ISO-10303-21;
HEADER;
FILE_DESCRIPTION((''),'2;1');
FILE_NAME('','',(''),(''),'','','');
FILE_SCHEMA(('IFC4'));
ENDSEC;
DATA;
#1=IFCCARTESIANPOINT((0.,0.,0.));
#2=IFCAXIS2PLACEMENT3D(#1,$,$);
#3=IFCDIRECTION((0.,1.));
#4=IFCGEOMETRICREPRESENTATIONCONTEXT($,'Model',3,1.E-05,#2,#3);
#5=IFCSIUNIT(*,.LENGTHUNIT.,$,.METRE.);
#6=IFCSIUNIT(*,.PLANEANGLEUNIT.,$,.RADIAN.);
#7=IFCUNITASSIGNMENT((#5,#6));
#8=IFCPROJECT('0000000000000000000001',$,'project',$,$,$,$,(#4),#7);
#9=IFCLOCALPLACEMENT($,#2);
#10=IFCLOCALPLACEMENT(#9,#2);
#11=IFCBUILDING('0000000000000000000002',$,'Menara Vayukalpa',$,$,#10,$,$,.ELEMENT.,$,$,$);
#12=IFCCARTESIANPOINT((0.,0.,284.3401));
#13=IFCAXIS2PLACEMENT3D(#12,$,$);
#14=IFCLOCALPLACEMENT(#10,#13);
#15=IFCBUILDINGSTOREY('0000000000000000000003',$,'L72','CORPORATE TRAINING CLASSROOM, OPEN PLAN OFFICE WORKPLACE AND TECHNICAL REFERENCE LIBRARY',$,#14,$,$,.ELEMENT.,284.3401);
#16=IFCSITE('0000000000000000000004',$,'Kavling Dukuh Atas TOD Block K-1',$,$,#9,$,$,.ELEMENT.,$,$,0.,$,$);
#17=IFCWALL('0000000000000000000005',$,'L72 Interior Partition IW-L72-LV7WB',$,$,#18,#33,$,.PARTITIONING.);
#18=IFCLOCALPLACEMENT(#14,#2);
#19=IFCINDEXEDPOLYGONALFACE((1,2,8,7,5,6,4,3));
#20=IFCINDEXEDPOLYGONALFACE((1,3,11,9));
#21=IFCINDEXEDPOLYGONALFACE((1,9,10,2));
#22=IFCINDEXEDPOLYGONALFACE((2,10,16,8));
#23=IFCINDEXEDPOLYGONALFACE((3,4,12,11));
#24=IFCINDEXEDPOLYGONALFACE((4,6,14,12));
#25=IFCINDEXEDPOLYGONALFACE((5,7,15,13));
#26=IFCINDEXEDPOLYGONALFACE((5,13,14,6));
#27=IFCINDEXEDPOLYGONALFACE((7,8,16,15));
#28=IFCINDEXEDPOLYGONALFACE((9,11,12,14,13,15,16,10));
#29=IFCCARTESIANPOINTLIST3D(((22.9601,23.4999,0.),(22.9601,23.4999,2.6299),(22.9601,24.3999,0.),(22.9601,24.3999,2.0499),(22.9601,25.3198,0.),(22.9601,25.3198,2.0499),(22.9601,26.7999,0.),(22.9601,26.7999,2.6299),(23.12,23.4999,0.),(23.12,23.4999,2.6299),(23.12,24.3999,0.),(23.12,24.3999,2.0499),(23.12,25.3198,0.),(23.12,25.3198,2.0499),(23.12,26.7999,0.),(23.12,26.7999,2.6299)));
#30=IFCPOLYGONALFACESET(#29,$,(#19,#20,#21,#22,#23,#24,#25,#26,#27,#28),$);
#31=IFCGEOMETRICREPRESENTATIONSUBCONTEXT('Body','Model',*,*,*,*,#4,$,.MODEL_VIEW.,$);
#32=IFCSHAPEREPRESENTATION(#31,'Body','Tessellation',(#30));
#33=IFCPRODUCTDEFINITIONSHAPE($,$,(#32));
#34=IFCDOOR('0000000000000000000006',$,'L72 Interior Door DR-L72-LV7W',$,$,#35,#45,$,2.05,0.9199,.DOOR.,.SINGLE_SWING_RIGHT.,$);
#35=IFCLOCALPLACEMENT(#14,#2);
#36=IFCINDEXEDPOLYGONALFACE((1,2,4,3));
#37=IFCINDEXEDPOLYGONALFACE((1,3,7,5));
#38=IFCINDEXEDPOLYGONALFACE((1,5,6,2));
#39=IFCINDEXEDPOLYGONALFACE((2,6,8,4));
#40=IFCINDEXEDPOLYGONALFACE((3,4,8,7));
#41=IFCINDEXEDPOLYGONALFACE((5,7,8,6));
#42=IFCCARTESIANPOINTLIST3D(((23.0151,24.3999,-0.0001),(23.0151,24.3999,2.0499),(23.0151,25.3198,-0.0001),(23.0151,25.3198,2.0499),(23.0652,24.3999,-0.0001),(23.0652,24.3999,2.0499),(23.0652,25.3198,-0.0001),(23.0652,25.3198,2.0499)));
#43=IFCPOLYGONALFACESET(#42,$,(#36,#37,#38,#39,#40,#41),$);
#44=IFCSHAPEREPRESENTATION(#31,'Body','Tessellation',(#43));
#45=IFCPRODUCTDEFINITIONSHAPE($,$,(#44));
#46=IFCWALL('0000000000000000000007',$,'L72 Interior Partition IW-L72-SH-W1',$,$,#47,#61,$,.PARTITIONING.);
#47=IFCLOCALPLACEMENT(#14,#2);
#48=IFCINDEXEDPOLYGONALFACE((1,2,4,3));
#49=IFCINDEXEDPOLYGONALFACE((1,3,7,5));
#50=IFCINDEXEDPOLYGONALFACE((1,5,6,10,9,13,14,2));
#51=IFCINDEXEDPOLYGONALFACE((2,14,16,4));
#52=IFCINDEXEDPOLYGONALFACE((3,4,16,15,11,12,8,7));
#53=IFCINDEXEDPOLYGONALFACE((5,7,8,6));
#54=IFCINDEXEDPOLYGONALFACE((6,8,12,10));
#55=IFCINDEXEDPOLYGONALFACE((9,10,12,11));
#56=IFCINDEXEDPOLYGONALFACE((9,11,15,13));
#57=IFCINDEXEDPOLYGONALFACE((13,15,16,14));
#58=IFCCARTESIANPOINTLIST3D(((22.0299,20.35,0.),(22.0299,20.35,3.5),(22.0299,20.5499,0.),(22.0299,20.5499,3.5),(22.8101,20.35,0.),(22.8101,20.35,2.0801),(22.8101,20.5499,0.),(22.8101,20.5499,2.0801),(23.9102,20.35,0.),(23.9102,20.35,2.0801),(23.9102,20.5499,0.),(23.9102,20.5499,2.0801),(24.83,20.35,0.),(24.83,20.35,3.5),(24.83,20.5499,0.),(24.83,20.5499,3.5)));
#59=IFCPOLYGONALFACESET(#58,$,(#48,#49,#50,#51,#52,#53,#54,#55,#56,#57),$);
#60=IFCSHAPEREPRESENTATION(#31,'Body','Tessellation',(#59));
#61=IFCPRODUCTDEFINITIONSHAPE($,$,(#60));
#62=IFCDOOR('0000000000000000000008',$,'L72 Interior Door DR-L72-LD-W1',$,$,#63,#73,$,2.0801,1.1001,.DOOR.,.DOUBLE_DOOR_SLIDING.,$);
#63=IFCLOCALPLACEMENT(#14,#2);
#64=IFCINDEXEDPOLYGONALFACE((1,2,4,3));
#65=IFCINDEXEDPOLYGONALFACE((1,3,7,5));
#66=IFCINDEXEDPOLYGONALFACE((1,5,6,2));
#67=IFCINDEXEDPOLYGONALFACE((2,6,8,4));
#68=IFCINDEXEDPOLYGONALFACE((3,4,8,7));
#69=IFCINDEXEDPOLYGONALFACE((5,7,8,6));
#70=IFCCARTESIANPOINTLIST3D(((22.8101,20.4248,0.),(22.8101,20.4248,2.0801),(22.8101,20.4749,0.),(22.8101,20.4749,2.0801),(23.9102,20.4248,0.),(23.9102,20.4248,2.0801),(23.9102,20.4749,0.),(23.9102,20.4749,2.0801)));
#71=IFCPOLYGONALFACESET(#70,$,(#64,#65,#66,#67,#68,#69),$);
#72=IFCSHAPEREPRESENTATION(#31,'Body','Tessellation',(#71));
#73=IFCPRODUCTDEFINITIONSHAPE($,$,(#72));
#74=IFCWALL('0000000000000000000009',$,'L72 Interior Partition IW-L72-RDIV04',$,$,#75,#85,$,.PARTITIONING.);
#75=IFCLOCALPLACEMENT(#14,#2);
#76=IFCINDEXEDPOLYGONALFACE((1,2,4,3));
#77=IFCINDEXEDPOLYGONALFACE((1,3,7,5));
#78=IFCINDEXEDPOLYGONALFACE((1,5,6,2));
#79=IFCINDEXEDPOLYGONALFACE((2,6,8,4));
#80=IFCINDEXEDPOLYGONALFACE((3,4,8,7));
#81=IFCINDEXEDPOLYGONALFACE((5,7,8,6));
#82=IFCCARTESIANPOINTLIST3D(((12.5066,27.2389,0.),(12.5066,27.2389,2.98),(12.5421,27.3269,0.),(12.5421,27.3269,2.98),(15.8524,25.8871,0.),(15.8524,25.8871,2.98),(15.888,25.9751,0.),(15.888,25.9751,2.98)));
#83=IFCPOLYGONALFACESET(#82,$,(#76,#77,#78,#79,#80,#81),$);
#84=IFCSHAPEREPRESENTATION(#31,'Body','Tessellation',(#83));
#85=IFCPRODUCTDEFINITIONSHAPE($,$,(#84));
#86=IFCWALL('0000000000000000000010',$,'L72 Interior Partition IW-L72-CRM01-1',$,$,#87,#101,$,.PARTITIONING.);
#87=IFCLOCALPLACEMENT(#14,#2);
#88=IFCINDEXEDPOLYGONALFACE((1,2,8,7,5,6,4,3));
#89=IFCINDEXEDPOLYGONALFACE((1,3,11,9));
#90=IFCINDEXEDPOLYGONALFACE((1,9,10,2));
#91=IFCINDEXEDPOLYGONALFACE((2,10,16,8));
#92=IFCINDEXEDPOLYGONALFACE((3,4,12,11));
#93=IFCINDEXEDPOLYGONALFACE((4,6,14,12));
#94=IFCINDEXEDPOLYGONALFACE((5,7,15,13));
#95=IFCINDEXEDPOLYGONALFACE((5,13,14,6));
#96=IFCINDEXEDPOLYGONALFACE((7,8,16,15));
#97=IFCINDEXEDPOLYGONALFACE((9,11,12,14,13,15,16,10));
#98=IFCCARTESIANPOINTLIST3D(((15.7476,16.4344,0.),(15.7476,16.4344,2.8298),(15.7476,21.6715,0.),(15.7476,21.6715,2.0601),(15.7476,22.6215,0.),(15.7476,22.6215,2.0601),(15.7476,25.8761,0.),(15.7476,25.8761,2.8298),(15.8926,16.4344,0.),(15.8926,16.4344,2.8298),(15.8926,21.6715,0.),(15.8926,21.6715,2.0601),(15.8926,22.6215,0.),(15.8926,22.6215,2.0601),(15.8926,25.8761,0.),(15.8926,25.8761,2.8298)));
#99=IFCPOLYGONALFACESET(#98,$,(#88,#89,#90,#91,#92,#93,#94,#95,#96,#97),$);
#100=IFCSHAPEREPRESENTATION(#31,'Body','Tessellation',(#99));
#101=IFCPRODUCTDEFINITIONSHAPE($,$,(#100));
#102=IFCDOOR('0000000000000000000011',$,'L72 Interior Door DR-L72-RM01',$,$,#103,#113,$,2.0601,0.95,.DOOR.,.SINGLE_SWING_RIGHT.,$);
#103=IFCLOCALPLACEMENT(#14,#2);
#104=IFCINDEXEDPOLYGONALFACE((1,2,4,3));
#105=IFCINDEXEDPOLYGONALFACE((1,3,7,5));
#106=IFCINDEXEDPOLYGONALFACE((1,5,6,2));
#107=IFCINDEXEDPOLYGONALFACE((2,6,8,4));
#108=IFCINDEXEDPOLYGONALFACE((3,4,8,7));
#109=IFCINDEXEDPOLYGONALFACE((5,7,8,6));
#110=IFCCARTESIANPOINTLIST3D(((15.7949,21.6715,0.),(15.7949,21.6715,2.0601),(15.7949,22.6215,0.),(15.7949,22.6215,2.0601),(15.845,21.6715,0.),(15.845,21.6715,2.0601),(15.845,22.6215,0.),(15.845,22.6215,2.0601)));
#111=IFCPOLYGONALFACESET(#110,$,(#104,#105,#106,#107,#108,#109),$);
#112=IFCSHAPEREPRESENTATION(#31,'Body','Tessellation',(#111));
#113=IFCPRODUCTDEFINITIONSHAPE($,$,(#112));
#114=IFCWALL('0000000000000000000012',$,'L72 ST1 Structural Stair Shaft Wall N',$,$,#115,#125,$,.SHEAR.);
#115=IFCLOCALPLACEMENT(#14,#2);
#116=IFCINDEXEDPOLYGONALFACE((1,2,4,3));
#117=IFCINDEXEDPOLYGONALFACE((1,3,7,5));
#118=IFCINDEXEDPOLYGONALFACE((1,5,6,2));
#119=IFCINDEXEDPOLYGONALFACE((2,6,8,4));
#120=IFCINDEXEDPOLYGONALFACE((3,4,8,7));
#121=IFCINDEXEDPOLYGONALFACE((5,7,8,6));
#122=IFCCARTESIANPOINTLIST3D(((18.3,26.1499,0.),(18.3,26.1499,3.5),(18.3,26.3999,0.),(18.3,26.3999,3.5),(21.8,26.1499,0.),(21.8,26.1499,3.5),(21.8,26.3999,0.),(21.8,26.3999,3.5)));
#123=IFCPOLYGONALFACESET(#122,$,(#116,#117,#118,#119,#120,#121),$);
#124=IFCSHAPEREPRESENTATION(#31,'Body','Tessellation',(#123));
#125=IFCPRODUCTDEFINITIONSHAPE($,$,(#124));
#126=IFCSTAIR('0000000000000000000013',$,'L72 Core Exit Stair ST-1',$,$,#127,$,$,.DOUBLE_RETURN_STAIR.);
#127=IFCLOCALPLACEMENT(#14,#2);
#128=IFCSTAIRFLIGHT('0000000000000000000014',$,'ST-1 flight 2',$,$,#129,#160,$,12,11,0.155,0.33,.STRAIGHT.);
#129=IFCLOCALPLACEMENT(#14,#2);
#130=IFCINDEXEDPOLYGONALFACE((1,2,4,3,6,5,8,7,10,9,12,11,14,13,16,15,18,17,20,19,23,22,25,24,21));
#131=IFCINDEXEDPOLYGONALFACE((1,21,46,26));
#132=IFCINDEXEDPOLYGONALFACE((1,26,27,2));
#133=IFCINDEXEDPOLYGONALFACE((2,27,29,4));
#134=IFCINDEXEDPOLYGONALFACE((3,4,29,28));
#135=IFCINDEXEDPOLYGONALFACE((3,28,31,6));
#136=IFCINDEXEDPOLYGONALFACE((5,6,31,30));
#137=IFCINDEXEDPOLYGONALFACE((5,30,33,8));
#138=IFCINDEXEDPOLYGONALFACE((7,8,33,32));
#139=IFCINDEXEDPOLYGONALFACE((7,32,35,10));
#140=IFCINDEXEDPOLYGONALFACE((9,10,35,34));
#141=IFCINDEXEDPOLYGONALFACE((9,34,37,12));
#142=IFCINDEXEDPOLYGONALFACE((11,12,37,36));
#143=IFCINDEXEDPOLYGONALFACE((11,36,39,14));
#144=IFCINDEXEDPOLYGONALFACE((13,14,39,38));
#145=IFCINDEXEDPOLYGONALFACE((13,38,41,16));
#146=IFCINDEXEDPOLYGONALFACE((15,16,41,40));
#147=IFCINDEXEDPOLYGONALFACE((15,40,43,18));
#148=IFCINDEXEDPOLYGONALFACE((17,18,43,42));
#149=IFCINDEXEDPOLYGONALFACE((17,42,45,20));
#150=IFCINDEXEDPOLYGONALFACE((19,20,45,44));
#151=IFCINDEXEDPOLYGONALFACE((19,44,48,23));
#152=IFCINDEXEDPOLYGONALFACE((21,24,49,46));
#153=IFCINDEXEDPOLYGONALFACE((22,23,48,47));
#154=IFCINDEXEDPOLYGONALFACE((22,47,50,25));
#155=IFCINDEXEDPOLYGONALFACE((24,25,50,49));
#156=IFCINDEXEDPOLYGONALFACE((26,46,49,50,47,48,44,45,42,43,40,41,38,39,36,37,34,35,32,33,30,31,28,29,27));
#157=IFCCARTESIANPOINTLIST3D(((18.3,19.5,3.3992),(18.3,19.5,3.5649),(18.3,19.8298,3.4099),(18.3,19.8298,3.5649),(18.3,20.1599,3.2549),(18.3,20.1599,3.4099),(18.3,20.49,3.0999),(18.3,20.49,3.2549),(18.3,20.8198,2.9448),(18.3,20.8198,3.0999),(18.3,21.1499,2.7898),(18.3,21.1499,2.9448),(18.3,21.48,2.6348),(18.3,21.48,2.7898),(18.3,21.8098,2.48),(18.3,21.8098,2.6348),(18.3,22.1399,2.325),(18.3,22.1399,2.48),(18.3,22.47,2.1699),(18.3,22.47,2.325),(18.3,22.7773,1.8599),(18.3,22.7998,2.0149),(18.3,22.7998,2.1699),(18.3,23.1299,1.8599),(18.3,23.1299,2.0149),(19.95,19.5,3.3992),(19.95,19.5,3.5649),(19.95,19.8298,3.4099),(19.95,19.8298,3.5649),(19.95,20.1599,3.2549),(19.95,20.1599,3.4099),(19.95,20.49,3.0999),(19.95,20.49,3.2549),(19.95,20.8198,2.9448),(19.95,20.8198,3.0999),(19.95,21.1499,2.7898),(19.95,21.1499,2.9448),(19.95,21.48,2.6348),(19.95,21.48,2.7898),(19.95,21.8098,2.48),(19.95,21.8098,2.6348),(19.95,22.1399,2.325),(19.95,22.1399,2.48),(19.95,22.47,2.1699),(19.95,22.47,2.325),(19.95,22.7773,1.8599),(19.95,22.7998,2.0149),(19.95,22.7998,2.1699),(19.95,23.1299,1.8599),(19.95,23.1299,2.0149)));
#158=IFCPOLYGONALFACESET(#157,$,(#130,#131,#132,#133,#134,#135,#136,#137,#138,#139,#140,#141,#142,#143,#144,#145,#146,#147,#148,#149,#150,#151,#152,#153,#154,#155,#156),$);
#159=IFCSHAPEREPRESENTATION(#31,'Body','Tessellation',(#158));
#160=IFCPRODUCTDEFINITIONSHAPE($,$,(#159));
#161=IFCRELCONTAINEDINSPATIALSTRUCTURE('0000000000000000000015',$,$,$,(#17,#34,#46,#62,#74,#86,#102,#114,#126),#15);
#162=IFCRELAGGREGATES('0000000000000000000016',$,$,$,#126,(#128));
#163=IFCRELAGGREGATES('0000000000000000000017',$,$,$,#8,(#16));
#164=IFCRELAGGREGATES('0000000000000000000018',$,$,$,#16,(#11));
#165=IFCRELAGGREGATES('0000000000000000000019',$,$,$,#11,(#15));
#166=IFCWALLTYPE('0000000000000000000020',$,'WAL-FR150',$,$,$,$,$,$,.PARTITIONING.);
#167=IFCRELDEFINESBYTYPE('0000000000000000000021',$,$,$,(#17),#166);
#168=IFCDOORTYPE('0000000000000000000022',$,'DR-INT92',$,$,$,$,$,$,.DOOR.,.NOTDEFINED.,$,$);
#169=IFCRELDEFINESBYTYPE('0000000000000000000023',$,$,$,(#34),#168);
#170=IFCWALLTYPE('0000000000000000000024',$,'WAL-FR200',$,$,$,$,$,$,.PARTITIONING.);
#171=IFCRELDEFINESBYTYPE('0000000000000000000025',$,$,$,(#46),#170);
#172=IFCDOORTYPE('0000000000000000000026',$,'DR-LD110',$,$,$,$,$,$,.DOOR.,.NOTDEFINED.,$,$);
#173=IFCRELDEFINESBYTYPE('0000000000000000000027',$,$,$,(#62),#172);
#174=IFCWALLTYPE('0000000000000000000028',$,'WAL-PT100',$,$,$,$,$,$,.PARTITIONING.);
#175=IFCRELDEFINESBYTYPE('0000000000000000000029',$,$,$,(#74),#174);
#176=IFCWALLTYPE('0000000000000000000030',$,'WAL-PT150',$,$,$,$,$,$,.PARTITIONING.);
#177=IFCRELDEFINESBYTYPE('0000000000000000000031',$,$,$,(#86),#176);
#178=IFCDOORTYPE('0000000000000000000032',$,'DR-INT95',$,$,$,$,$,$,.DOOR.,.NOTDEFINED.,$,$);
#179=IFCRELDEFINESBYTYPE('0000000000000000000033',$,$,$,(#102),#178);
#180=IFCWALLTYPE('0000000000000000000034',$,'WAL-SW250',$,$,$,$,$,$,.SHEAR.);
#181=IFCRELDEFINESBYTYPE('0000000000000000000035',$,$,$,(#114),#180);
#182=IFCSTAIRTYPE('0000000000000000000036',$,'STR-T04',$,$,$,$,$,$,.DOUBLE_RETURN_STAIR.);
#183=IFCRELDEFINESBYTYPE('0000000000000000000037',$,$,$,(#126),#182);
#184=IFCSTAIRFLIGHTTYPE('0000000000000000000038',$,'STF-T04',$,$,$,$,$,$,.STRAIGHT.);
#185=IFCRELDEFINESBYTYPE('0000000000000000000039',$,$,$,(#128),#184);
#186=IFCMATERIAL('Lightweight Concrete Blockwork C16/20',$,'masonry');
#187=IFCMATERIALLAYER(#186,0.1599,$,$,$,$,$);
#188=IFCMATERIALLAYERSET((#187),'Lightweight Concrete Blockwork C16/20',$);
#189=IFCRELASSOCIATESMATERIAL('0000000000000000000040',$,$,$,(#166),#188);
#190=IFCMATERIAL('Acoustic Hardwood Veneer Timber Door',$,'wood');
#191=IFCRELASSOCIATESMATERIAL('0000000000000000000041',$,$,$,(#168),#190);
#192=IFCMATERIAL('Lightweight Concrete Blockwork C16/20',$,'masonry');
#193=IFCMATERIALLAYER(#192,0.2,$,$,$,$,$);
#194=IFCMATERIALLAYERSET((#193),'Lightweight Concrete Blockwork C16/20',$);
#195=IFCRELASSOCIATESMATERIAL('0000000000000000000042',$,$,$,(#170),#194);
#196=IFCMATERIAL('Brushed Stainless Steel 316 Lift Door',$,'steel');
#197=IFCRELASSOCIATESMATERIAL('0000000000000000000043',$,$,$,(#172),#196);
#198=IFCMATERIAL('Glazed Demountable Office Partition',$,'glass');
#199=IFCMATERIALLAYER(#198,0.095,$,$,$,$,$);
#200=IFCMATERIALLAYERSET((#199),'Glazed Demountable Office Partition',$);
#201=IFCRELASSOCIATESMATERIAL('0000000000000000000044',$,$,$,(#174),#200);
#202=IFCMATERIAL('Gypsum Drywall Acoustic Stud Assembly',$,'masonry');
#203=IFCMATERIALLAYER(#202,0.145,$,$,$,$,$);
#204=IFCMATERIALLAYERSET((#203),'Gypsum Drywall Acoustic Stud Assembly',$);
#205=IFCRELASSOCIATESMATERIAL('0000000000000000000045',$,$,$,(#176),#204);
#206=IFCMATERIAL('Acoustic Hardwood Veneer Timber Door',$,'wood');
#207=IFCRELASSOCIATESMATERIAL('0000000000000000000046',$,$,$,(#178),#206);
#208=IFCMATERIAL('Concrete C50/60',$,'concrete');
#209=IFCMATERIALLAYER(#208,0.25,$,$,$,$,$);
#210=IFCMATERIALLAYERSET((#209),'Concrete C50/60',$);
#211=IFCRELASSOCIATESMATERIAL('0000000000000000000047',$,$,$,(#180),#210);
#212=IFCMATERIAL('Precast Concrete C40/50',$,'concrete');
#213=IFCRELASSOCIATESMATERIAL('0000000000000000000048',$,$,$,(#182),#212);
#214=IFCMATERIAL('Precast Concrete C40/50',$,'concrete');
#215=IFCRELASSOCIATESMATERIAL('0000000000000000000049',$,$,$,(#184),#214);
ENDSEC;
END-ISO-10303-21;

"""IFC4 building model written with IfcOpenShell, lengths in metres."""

from ifc_helpers import new_model, si_unit, direction, frame, frame_2d, origin, place, context, subcontext, project, spatial, polyline, rectangle, outline, extrude, material, layer, layer_set, type_object, element, fill, aggregate, save


model = new_model("IFC4")

# Units and contexts
model_context = context("Model", 3, precision=1e-05, world=origin(), true_north=direction((0.0, 1.0)))
body_context = subcontext(model_context, "Body", "Model", "MODEL_VIEW")
ifc_project = project(units=[si_unit("LENGTHUNIT", "METRE"), si_unit("PLANEANGLEUNIT", "RADIAN")], contexts=[model_context])

# Site, building, storey
site_placement = place(None, origin())
site = spatial("IfcSite", under=ifc_project, at=site_placement, Name="Kavling Dukuh Atas TOD Block K-1", CompositionType="ELEMENT", RefElevation=0.0)
building_placement = place(site_placement, origin())
building = spatial("IfcBuilding", under=site, at=building_placement, Name="Menara Vayukalpa", CompositionType="ELEMENT")
storey_placement = place(building_placement, frame((0.0, 0.0, 284.3401)))
storey = spatial("IfcBuildingStorey", under=building, at=storey_placement, Name="L72", Description="CORPORATE TRAINING CLASSROOM, OPEN PLAN OFFICE WORKPLACE AND TECHNICAL REFERENCE LIBRARY", CompositionType="ELEMENT", Elevation=284.3401)

# Shared definitions
ifc_material_1 = material(Name="Lightweight Concrete Blockwork C16/20", Category="masonry")
ifc_layer_1 = layer(ifc_material_1, 0.1599)
ifc_layer_set_1 = layer_set([ifc_layer_1], Name="Lightweight Concrete Blockwork C16/20")
wall_type_1 = type_object("IfcWallType", Name="WAL-FR150", PredefinedType="PARTITIONING", material=ifc_layer_set_1)

# Walls, openings, doors
wall_1_placement = place(storey_placement, frame((23.04, 23.5, 0.0), z_axis=(0.0, 0.0, 1.0), x_axis=(0.0, 1.0, 0.0)))
wall_1 = element("IfcWall", 1, at=wall_1_placement, inside=storey, type_object=wall_type_1, Name="L72 Interior Partition IW-L72-LV7WB", PredefinedType="PARTITIONING", context=body_context, shape_type="SweptSolid", body=[
    extrude(rectangle(XDim=3.3, YDim=0.1599, at=frame_2d((1.6499, 0.0))), origin(), (0.0, 0.0, 1.0), 2.6299),
])
opening_1_placement = place(wall_1_placement, frame((0.8999, 0.0, 0.0)))
opening_1 = element("IfcOpeningElement", 2, at=opening_1_placement, cuts=wall_1, PredefinedType="OPENING", context=body_context, shape_type="SweptSolid", body=[
    extrude(rectangle(XDim=0.9199, YDim=2.05, at=frame_2d((0.46, 1.0249))), frame((0.0, 0.0898, 0.0), z_axis=(0.0, -1.0, 0.0), x_axis=(1.0, 0.0, 0.0)), (0.0, 0.0, 1.0), 0.1799),
])
ifc_material_2 = material(Name="Acoustic Hardwood Veneer Timber Door", Category="wood")
door_type_1 = type_object("IfcDoorType", Name="DR-INT92", OperationType="NOTDEFINED", PredefinedType="DOOR", material=ifc_material_2)
door_1_placement = place(opening_1_placement, origin())
door_1 = element("IfcDoor", 3, at=door_1_placement, inside=storey, type_object=door_type_1, Name="L72 Interior Door DR-L72-LV7W", OperationType="SINGLE_SWING_RIGHT", OverallHeight=2.05, OverallWidth=0.9199, PredefinedType="DOOR", context=body_context, shape_type="SweptSolid", body=[
    extrude(rectangle(XDim=0.9199, YDim=2.05, at=frame_2d((0.46, 1.0249))), frame((0.0, 0.0249, 0.0), z_axis=(0.0, -1.0, 0.0), x_axis=(1.0, 0.0, 0.0)), (0.0, 0.0, 1.0), 0.05),
])
fill(opening_1, door_1)
ifc_material_3 = material(Name="Lightweight Concrete Blockwork C16/20", Category="masonry")
ifc_layer_2 = layer(ifc_material_3, 0.2)
ifc_layer_set_2 = layer_set([ifc_layer_2], Name="Lightweight Concrete Blockwork C16/20")
wall_type_2 = type_object("IfcWallType", Name="WAL-FR200", PredefinedType="PARTITIONING", material=ifc_layer_set_2)
wall_2_placement = place(storey_placement, frame((22.03, 20.45, 0.0), z_axis=(0.0, 0.0, 1.0), x_axis=(1.0, 0.0, 0.0)))
wall_2 = element("IfcWall", 4, at=wall_2_placement, inside=storey, type_object=wall_type_2, Name="L72 Interior Partition IW-L72-SH-W1", PredefinedType="PARTITIONING", context=body_context, shape_type="SweptSolid", body=[
    extrude(rectangle(XDim=2.8, YDim=0.2, at=frame_2d((1.3999, 0.0))), origin(), (0.0, 0.0, 1.0), 3.5),
])
opening_2_placement = place(wall_2_placement, frame((0.78, 0.0, 0.0)))
opening_2 = element("IfcOpeningElement", 5, at=opening_2_placement, cuts=wall_2, PredefinedType="OPENING", context=body_context, shape_type="SweptSolid", body=[
    extrude(rectangle(XDim=1.1001, YDim=2.0801, at=frame_2d((0.55, 1.04))), frame((0.0, 0.1099, 0.0), z_axis=(0.0, -1.0, 0.0), x_axis=(1.0, 0.0, 0.0)), (0.0, 0.0, 1.0), 0.22),
])
ifc_material_4 = material(Name="Brushed Stainless Steel 316 Lift Door", Category="steel")
door_type_2 = type_object("IfcDoorType", Name="DR-LD110", OperationType="NOTDEFINED", PredefinedType="DOOR", material=ifc_material_4)
door_2_placement = place(opening_2_placement, origin())
door_2 = element("IfcDoor", 6, at=door_2_placement, inside=storey, type_object=door_type_2, Name="L72 Interior Door DR-L72-LD-W1", OperationType="DOUBLE_DOOR_SLIDING", OverallHeight=2.0801, OverallWidth=1.1001, PredefinedType="DOOR", context=body_context, shape_type="SweptSolid", body=[
    extrude(rectangle(XDim=1.1001, YDim=2.0801, at=frame_2d((0.55, 1.04))), frame((0.0, 0.0249, 0.0), z_axis=(0.0, -1.0, 0.0), x_axis=(1.0, 0.0, 0.0)), (0.0, 0.0, 1.0), 0.05),
])
fill(opening_2, door_2)

# Wall
ifc_material_5 = material(Name="Glazed Demountable Office Partition", Category="glass")
ifc_layer_3 = layer(ifc_material_5, 0.095)
ifc_layer_set_3 = layer_set([ifc_layer_3], Name="Glazed Demountable Office Partition")
wall_type_3 = type_object("IfcWallType", Name="WAL-PT100", PredefinedType="PARTITIONING", material=ifc_layer_set_3)
wall_3_placement = place(storey_placement, frame((15.8701, 25.9312, 0.0), z_axis=(0.0, 0.0, 1.0), x_axis=(-0.927188, 0.374596, 0.0)))
element("IfcWall", 7, at=wall_3_placement, inside=storey, type_object=wall_type_3, Name="L72 Interior Partition IW-L72-RDIV04", PredefinedType="PARTITIONING", context=body_context, shape_type="SweptSolid", body=[
    extrude(rectangle(XDim=3.6086, YDim=0.095, at=frame_2d((1.8042, 0.0))), origin(), (0.0, 0.0, 1.0), 2.98),
])

# Wall, opening, door
ifc_material_6 = material(Name="Gypsum Drywall Acoustic Stud Assembly", Category="masonry")
ifc_layer_4 = layer(ifc_material_6, 0.145)
ifc_layer_set_4 = layer_set([ifc_layer_4], Name="Gypsum Drywall Acoustic Stud Assembly")
wall_type_4 = type_object("IfcWallType", Name="WAL-PT150", PredefinedType="PARTITIONING", material=ifc_layer_set_4)
wall_4_placement = place(storey_placement, frame((15.8201, 25.876, 0.0), z_axis=(0.0, 0.0, 1.0), x_axis=(0.0, -1.0, 0.0)))
wall_4 = element("IfcWall", 8, at=wall_4_placement, inside=storey, type_object=wall_type_4, Name="L72 Interior Partition IW-L72-CRM01-1", PredefinedType="PARTITIONING", context=body_context, shape_type="SweptSolid", body=[
    extrude(rectangle(XDim=9.4417, YDim=0.145, at=frame_2d((4.7207, 0.0))), origin(), (0.0, 0.0, 1.0), 2.8298),
])
opening_3_placement = place(wall_4_placement, frame((3.2544, 0.0, 0.0)))
opening_3 = element("IfcOpeningElement", 9, at=opening_3_placement, cuts=wall_4, PredefinedType="OPENING", context=body_context, shape_type="SweptSolid", body=[
    extrude(rectangle(XDim=0.95, YDim=2.0601, at=frame_2d((0.4751, 1.03))), frame((0.0, 0.0825, 0.0), z_axis=(0.0, -1.0, 0.0), x_axis=(1.0, 0.0, 0.0)), (0.0, 0.0, 1.0), 0.165),
])
ifc_material_7 = material(Name="Acoustic Hardwood Veneer Timber Door", Category="wood")
door_type_3 = type_object("IfcDoorType", Name="DR-INT95", OperationType="NOTDEFINED", PredefinedType="DOOR", material=ifc_material_7)
door_3_placement = place(opening_3_placement, origin())
door_3 = element("IfcDoor", 10, at=door_3_placement, inside=storey, type_object=door_type_3, Name="L72 Interior Door DR-L72-RM01", OperationType="SINGLE_SWING_RIGHT", OverallHeight=2.0601, OverallWidth=0.95, PredefinedType="DOOR", context=body_context, shape_type="SweptSolid", body=[
    extrude(rectangle(XDim=0.95, YDim=2.0601, at=frame_2d((0.4751, 1.03))), frame((0.0, 0.0249, 0.0), z_axis=(0.0, -1.0, 0.0), x_axis=(1.0, 0.0, 0.0)), (0.0, 0.0, 1.0), 0.05),
])
fill(opening_3, door_3)

# Wall
ifc_material_8 = material(Name="Concrete C50/60", Category="concrete")
ifc_layer_5 = layer(ifc_material_8, 0.25)
ifc_layer_set_5 = layer_set([ifc_layer_5], Name="Concrete C50/60")
wall_type_5 = type_object("IfcWallType", Name="WAL-SW250", PredefinedType="SHEAR", material=ifc_layer_set_5)
wall_5_placement = place(storey_placement, frame((18.3, 26.2749, 0.0), z_axis=(0.0, 0.0, 1.0), x_axis=(1.0, 0.0, 0.0)))
element("IfcWall", 11, at=wall_5_placement, inside=storey, type_object=wall_type_5, Name="L72 ST1 Structural Stair Shaft Wall N", PredefinedType="SHEAR", context=body_context, shape_type="SweptSolid", body=[
    extrude(rectangle(XDim=3.5, YDim=0.25, at=frame_2d((1.75, 0.0))), origin(), (0.0, 0.0, 1.0), 3.5),
])

# Stair, stair flight
ifc_material_9 = material(Name="Precast Concrete C40/50", Category="concrete")
stair_type = type_object("IfcStairType", Name="STR-T04", PredefinedType="DOUBLE_RETURN_STAIR", material=ifc_material_9)
stair_placement = place(storey_placement, origin())
stair = element("IfcStair", 12, at=stair_placement, inside=storey, type_object=stair_type, Name="L72 Core Exit Stair ST-1", PredefinedType="DOUBLE_RETURN_STAIR")
ifc_material_10 = material(Name="Precast Concrete C40/50", Category="concrete")
stair_flight_type = type_object("IfcStairFlightType", Name="STF-T04", PredefinedType="STRAIGHT", material=ifc_material_10)
stair_flight_placement = place(storey_placement, frame((19.125, 23.1299, 1.8599), z_axis=(0.0, 0.0, 1.0), x_axis=(0.0, -1.0, 0.0)))
stair_flight = element("IfcStairFlight", 13, at=stair_flight_placement, type_object=stair_flight_type, Name="ST-1 flight 2", NumberOfRisers=12, NumberOfTreads=11, PredefinedType="STRAIGHT", RiserHeight=0.155, TreadLength=0.33, context=body_context, shape_type="SweptSolid", body=[
    extrude(outline(polyline([(0.0, 0.0), (0.0, 0.155), (0.3301, 0.155), (0.3301, 0.3101), (0.6599, 0.3101), (0.6599, 0.4651), (0.99, 0.4651), (0.99, 0.6201), (1.3201, 0.6201), (1.3201, 0.7749), (1.6499, 0.7749), (1.6499, 0.9299), (1.98, 0.9299), (1.98, 1.085), (2.3101, 1.085), (2.3101, 1.24), (2.6399, 1.24), (2.6399, 1.395), (2.97, 1.395), (2.97, 1.55), (3.3, 1.55), (3.3, 1.7051), (3.6299, 1.7051), (3.6299, 1.8601), (3.6299, 1.5393), (0.3525, 0.0), (0.0, 0.0)])), frame((0.0, 0.825, 0.0), z_axis=(0.0, -1.0, 0.0), x_axis=(1.0, 0.0, 0.0)), (0.0, 0.0, 1.0), 1.6499),
])
aggregate(stair, [stair_flight])

save(model, "model.ifc")
